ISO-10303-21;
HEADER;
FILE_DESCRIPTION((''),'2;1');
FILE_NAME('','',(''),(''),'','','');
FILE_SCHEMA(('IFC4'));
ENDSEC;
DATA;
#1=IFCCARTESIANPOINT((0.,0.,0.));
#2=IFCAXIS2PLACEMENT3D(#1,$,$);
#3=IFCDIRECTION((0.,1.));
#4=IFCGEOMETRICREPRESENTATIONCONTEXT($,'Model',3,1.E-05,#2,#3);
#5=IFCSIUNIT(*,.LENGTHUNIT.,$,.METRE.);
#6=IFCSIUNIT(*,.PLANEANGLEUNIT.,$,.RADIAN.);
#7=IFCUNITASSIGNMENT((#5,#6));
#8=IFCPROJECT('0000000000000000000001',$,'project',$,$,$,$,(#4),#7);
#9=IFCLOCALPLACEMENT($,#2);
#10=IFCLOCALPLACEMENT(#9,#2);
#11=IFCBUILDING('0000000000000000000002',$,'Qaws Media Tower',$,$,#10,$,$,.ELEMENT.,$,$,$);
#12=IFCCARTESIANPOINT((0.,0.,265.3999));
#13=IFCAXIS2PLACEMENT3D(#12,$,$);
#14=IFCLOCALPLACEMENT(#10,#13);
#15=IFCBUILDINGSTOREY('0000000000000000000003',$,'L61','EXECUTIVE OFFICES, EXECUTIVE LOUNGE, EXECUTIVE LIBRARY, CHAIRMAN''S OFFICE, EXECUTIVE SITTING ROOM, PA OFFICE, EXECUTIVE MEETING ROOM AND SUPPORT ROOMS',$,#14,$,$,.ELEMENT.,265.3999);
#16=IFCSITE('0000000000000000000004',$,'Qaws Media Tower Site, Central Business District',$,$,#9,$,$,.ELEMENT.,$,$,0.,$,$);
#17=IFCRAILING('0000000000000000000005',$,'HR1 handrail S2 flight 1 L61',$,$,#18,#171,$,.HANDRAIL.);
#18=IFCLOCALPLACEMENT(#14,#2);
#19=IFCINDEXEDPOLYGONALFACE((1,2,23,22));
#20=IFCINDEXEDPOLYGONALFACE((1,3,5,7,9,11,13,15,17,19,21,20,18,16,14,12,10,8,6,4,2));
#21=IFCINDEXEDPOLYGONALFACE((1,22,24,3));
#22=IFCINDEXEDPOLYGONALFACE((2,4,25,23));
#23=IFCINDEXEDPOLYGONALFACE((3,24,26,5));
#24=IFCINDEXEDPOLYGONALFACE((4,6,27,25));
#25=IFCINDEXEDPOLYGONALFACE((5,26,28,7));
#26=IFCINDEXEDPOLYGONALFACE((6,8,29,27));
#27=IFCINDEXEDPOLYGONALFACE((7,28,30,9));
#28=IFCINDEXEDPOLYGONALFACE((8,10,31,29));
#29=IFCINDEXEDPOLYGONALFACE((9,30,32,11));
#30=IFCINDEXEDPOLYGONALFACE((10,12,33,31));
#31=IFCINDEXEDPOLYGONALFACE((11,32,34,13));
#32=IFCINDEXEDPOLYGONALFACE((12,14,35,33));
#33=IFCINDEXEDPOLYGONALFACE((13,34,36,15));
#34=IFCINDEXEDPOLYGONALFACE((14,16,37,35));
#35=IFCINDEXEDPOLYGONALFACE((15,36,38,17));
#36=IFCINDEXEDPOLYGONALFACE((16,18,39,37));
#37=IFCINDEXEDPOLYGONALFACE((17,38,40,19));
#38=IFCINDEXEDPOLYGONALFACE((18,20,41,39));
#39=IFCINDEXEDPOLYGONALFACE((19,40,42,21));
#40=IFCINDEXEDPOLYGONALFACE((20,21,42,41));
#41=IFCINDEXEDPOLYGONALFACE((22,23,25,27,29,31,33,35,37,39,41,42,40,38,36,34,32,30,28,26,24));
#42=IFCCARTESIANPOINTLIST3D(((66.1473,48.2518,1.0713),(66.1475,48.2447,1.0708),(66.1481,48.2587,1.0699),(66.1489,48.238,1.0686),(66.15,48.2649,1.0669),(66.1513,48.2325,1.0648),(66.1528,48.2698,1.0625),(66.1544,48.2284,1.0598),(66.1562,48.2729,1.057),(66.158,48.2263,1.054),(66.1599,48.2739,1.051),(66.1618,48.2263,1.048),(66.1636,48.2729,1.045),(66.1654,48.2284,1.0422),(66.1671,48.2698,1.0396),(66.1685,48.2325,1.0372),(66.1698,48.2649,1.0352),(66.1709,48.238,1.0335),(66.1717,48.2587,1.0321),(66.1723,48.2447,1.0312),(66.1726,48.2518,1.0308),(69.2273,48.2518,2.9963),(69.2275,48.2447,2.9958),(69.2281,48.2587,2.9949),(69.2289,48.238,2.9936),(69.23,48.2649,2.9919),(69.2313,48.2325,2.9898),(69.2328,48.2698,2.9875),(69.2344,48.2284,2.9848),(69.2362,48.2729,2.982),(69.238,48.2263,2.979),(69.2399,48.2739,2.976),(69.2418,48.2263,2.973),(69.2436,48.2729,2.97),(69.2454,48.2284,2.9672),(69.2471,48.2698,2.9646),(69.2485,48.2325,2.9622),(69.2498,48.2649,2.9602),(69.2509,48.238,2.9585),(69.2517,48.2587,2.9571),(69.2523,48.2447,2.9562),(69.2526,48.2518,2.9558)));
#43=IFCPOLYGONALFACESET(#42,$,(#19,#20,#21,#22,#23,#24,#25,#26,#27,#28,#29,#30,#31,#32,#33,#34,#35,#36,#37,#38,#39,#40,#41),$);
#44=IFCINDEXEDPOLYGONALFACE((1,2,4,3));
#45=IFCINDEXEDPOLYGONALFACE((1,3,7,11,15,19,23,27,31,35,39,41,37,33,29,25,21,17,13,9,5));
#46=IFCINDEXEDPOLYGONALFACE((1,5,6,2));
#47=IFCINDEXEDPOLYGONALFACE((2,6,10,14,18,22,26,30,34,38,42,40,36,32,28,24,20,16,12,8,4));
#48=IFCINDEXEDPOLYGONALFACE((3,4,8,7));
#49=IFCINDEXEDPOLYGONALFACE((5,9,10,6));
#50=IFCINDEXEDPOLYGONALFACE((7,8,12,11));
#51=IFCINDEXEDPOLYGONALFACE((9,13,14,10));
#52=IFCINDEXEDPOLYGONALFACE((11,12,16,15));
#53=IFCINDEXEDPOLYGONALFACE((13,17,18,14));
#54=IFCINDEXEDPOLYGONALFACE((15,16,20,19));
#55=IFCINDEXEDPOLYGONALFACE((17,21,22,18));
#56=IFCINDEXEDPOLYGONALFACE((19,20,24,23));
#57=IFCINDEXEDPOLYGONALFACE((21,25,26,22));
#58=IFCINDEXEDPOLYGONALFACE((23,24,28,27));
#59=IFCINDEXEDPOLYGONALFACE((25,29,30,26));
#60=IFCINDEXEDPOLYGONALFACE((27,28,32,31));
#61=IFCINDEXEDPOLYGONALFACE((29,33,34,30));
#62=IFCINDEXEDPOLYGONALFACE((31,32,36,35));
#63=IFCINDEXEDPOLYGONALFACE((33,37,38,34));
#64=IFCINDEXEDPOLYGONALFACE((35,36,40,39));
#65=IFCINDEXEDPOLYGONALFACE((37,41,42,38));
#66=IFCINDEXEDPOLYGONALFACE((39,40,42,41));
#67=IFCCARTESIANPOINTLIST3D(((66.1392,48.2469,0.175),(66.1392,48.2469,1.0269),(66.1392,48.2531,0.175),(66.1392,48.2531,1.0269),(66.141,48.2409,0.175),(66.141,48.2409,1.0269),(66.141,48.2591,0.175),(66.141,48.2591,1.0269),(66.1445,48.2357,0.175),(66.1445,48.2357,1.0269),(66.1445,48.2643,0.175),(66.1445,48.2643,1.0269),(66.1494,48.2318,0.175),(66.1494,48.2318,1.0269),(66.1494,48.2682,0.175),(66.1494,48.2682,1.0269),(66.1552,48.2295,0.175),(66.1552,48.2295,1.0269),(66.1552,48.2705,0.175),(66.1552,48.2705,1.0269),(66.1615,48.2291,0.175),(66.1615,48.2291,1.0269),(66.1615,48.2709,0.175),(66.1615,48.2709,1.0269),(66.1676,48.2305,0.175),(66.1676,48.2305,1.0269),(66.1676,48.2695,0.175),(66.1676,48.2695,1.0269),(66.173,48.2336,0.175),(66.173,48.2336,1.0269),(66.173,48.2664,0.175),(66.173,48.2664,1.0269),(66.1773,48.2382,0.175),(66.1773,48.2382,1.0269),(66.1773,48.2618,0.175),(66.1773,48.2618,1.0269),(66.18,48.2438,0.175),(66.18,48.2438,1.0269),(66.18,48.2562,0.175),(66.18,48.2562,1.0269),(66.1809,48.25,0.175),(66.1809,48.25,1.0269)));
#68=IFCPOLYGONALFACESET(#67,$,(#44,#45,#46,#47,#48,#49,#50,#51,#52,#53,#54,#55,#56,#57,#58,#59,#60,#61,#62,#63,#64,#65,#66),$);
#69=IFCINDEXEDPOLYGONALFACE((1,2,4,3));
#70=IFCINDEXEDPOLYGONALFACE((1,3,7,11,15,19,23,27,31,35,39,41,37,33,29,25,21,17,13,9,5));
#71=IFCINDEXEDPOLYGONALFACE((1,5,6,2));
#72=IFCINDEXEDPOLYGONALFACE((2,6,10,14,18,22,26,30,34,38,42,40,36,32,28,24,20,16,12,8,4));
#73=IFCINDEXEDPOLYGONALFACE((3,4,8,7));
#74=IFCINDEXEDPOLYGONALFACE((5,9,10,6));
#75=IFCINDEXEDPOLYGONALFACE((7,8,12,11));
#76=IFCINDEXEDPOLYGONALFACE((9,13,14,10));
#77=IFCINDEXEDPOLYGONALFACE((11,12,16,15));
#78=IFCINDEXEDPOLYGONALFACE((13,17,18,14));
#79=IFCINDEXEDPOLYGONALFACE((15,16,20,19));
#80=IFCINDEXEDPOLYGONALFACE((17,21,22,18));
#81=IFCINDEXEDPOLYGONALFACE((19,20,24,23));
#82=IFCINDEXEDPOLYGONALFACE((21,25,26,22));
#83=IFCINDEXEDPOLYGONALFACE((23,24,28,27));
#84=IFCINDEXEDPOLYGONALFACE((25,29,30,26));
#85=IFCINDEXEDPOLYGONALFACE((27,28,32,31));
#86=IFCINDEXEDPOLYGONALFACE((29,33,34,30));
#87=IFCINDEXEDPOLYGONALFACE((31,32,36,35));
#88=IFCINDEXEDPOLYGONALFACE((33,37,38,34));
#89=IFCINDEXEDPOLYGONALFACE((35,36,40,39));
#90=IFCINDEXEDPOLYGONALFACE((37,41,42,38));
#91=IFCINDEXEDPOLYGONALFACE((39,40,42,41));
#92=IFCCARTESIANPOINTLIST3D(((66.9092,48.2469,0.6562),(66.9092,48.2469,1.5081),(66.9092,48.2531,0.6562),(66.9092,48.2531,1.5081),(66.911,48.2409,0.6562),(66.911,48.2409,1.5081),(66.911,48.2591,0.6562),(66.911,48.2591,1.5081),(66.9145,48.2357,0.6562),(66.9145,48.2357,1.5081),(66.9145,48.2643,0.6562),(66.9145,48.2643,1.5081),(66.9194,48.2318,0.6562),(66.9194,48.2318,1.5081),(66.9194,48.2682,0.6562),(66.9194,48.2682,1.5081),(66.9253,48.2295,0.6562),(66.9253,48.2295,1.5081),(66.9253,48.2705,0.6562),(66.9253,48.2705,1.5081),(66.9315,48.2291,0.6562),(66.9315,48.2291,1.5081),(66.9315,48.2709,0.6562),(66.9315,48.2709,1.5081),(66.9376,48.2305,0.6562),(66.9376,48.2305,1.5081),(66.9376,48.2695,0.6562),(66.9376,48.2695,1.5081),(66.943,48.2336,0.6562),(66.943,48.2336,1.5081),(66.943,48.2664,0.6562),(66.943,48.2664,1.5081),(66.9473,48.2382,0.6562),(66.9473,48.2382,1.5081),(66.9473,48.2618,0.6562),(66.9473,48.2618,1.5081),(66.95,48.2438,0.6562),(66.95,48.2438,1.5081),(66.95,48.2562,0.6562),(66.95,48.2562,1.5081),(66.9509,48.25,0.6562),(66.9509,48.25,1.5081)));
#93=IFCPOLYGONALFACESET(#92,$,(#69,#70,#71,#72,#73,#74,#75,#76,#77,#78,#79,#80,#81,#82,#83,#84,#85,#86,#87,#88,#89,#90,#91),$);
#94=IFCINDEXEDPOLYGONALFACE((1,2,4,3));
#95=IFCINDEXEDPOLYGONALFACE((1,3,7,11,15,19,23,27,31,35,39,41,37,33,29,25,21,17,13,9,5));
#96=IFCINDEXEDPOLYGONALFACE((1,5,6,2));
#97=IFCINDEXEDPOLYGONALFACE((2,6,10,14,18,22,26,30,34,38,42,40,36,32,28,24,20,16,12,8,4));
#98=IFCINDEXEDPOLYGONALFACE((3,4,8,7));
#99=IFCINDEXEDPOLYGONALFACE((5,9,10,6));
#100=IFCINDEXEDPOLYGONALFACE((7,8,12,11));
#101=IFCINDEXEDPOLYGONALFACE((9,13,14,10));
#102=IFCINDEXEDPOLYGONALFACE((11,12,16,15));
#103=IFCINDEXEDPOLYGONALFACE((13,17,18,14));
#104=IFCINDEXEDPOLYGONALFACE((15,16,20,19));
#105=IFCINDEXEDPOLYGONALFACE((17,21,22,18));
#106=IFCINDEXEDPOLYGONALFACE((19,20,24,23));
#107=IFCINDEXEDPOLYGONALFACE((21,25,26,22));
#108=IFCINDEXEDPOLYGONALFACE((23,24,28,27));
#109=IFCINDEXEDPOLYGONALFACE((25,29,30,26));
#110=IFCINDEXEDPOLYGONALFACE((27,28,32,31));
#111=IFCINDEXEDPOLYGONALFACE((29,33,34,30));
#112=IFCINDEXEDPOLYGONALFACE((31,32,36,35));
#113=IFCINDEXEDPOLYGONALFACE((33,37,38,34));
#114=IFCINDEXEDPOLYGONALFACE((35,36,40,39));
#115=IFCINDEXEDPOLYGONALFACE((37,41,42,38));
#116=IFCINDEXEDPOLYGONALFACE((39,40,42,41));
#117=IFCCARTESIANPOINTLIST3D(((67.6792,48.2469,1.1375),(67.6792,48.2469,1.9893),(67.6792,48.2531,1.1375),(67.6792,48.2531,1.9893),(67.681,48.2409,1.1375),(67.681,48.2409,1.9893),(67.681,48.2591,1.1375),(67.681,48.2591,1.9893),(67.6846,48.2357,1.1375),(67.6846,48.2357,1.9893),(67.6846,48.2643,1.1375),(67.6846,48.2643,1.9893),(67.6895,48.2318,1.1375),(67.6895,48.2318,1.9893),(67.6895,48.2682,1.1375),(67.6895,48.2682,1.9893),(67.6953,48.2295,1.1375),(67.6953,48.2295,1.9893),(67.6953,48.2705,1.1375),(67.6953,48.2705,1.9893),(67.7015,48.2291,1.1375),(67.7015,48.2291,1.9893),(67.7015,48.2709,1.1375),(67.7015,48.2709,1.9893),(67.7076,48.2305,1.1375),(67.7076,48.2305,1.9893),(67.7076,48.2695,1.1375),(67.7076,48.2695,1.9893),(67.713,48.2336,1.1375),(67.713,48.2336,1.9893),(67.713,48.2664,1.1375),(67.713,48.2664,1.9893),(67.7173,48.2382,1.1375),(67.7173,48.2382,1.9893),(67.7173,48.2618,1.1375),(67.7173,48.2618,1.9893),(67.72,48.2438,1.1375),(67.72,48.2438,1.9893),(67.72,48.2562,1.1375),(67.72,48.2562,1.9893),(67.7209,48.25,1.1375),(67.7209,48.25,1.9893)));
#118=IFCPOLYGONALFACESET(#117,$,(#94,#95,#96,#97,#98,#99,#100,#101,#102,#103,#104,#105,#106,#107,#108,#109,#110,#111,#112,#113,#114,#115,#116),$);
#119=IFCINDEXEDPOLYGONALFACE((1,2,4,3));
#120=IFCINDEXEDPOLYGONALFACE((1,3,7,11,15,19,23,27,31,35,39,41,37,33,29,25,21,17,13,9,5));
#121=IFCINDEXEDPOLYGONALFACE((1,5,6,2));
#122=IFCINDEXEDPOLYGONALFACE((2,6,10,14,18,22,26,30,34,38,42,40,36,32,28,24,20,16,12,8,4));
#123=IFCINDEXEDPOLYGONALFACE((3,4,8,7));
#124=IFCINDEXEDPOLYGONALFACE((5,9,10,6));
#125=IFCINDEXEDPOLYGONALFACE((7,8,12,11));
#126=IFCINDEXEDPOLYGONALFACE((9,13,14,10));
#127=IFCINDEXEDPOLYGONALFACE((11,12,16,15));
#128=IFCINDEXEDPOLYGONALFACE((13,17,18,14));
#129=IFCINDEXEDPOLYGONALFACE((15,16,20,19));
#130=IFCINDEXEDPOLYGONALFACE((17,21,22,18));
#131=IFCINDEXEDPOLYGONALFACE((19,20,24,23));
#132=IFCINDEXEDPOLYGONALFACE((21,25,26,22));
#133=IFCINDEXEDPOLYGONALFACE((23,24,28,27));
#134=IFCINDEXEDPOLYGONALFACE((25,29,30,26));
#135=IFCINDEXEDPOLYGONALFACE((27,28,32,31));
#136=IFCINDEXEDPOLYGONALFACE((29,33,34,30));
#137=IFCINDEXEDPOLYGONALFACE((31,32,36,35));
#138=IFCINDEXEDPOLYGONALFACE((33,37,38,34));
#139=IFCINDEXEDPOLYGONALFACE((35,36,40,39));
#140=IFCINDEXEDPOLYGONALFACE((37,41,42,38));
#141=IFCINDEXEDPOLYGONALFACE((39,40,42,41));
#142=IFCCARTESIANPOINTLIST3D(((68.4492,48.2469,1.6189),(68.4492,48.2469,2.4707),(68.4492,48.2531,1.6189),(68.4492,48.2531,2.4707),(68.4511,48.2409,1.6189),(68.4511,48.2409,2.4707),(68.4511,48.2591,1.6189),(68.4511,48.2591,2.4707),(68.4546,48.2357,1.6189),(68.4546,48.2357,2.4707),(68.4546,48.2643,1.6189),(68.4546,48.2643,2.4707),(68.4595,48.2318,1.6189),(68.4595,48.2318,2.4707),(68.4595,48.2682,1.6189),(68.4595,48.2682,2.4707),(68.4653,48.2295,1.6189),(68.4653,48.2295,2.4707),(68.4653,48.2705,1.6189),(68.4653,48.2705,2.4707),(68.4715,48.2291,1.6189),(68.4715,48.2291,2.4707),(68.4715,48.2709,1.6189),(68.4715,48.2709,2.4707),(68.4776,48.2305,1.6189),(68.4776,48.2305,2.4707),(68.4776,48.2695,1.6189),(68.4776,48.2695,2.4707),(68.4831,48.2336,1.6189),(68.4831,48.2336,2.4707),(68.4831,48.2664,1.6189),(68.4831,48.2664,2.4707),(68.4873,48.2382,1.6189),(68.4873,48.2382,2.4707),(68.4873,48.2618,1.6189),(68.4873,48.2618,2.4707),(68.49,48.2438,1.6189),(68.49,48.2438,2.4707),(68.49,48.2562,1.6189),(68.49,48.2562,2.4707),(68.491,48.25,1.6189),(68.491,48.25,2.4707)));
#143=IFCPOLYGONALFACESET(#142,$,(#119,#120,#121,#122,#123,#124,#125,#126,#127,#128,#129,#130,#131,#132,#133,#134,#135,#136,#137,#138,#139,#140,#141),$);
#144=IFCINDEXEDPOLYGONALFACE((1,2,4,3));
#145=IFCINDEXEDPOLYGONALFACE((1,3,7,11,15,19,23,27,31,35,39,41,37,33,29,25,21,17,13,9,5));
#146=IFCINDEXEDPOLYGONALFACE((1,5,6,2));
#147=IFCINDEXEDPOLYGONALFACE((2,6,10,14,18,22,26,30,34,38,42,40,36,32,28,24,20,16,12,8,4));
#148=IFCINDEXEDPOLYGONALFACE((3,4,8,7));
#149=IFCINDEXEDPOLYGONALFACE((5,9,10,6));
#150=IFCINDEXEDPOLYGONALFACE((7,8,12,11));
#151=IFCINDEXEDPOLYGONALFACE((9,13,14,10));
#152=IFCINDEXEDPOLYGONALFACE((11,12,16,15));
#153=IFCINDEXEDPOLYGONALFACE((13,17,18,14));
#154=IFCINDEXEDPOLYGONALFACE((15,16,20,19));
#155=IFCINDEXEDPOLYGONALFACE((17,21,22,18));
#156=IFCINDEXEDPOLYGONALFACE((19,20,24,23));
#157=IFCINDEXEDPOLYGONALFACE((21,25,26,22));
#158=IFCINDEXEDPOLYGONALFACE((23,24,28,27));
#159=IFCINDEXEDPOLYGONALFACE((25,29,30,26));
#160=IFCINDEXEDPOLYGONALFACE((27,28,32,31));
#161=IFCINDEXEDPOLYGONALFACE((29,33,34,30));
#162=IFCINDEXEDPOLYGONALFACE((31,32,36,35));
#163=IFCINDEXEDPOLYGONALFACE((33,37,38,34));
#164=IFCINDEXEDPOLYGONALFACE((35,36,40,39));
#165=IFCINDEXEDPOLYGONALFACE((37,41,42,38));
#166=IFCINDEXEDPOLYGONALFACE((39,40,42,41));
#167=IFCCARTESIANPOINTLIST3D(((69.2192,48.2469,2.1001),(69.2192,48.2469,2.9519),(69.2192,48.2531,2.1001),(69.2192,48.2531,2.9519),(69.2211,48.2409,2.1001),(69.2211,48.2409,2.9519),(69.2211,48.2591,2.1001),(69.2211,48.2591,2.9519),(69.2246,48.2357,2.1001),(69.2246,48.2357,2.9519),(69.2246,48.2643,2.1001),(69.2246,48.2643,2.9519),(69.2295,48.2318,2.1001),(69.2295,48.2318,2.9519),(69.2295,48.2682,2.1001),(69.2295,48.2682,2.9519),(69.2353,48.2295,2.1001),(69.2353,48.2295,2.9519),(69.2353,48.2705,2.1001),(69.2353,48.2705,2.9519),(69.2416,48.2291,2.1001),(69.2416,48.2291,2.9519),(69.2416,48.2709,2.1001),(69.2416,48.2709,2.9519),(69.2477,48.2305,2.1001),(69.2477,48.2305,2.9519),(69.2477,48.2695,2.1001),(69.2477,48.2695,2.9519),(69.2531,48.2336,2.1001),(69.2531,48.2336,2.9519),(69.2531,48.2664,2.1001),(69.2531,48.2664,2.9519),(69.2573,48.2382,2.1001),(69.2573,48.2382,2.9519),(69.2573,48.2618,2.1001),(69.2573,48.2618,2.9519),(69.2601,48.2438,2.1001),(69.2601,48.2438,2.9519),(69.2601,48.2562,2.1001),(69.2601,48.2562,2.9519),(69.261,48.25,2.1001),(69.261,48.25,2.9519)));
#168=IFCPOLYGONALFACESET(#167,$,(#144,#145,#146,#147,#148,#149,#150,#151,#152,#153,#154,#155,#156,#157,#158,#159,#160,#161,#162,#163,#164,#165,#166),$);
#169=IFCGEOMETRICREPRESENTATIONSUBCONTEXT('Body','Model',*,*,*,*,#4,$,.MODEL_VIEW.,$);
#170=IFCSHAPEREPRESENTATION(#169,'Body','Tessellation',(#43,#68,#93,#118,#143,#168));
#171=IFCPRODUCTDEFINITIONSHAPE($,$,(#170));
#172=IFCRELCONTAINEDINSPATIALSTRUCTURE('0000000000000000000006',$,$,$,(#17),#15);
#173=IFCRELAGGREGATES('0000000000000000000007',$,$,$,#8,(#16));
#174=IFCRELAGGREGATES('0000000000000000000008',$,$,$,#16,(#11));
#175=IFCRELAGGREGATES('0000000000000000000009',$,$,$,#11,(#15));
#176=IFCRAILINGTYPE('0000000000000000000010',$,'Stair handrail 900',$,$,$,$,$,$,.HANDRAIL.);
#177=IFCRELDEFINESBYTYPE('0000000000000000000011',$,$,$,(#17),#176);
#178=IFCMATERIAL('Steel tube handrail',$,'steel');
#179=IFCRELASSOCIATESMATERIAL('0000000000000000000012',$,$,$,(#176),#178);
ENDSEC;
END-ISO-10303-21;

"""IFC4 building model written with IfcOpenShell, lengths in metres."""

from ifc_helpers import new_model, si_unit, direction, frame, origin, origin_2d, place, context, subcontext, project, spatial, circle, extrude, material, type_object, element, save


model = new_model("IFC4")

# Units and contexts
model_context = context("Model", 3, precision=1e-05, world=origin(), true_north=direction((0.0, 1.0)))
body_context = subcontext(model_context, "Body", "Model", "MODEL_VIEW")
ifc_project = project(units=[si_unit("LENGTHUNIT", "METRE"), si_unit("PLANEANGLEUNIT", "RADIAN")], contexts=[model_context])

# Site, building, storey
site_placement = place(None, origin())
site = spatial("IfcSite", under=ifc_project, at=site_placement, Name="Qaws Media Tower Site, Central Business District", CompositionType="ELEMENT", RefElevation=0.0)
building_placement = place(site_placement, origin())
building = spatial("IfcBuilding", under=site, at=building_placement, Name="Qaws Media Tower", CompositionType="ELEMENT")
storey_placement = place(building_placement, frame((0.0, 0.0, 265.3999)))
storey = spatial("IfcBuildingStorey", under=building, at=storey_placement, Name="L61", Description="EXECUTIVE OFFICES, EXECUTIVE LOUNGE, EXECUTIVE LIBRARY, CHAIRMAN'S OFFICE, EXECUTIVE SITTING ROOM, PA OFFICE, EXECUTIVE MEETING ROOM AND SUPPORT ROOMS", CompositionType="ELEMENT", Elevation=265.3999)

# Railing
ifc_material_1 = material(Name="Steel tube handrail", Category="steel")
railing_type = type_object("IfcRailingType", Name="Stair handrail 900", PredefinedType="HANDRAIL", material=ifc_material_1)
for number, where, name in (
    (1, (66.1599, 48.25, 0.175), "HR1 handrail S2 flight 1 L61"),
):
    element("IfcRailing", number, at=place(storey_placement, frame(where)), inside=storey, type_object=railing_type, Name=name, PredefinedType="HANDRAIL", context=body_context, shape_type="SweptSolid", body=[
        extrude(circle(Radius=0.0239, at=origin_2d()), frame((0.0, 0.0, 0.876), z_axis=(0.847998, 0.0, 0.529999), x_axis=(0.0, 1.0, 0.0)), (0.0, 0.0, 1.0), 3.6321),
        extrude(circle(Radius=0.021, at=origin_2d()), origin(), (0.0, 0.0, 1.0), 0.8518),
        extrude(circle(Radius=0.021, at=origin_2d()), frame((0.77, 0.0, 0.4812)), (0.0, 0.0, 1.0), 0.8518),
        extrude(circle(Radius=0.021, at=origin_2d()), frame((1.54, 0.0, 0.9624)), (0.0, 0.0, 1.0), 0.8518),
        extrude(circle(Radius=0.021, at=origin_2d()), frame((2.3101, 0.0, 1.4438)), (0.0, 0.0, 1.0), 0.8518),
        extrude(circle(Radius=0.021, at=origin_2d()), frame((3.0801, 0.0, 1.925)), (0.0, 0.0, 1.0), 0.8518),
    ])

save(model, "model.ifc")
